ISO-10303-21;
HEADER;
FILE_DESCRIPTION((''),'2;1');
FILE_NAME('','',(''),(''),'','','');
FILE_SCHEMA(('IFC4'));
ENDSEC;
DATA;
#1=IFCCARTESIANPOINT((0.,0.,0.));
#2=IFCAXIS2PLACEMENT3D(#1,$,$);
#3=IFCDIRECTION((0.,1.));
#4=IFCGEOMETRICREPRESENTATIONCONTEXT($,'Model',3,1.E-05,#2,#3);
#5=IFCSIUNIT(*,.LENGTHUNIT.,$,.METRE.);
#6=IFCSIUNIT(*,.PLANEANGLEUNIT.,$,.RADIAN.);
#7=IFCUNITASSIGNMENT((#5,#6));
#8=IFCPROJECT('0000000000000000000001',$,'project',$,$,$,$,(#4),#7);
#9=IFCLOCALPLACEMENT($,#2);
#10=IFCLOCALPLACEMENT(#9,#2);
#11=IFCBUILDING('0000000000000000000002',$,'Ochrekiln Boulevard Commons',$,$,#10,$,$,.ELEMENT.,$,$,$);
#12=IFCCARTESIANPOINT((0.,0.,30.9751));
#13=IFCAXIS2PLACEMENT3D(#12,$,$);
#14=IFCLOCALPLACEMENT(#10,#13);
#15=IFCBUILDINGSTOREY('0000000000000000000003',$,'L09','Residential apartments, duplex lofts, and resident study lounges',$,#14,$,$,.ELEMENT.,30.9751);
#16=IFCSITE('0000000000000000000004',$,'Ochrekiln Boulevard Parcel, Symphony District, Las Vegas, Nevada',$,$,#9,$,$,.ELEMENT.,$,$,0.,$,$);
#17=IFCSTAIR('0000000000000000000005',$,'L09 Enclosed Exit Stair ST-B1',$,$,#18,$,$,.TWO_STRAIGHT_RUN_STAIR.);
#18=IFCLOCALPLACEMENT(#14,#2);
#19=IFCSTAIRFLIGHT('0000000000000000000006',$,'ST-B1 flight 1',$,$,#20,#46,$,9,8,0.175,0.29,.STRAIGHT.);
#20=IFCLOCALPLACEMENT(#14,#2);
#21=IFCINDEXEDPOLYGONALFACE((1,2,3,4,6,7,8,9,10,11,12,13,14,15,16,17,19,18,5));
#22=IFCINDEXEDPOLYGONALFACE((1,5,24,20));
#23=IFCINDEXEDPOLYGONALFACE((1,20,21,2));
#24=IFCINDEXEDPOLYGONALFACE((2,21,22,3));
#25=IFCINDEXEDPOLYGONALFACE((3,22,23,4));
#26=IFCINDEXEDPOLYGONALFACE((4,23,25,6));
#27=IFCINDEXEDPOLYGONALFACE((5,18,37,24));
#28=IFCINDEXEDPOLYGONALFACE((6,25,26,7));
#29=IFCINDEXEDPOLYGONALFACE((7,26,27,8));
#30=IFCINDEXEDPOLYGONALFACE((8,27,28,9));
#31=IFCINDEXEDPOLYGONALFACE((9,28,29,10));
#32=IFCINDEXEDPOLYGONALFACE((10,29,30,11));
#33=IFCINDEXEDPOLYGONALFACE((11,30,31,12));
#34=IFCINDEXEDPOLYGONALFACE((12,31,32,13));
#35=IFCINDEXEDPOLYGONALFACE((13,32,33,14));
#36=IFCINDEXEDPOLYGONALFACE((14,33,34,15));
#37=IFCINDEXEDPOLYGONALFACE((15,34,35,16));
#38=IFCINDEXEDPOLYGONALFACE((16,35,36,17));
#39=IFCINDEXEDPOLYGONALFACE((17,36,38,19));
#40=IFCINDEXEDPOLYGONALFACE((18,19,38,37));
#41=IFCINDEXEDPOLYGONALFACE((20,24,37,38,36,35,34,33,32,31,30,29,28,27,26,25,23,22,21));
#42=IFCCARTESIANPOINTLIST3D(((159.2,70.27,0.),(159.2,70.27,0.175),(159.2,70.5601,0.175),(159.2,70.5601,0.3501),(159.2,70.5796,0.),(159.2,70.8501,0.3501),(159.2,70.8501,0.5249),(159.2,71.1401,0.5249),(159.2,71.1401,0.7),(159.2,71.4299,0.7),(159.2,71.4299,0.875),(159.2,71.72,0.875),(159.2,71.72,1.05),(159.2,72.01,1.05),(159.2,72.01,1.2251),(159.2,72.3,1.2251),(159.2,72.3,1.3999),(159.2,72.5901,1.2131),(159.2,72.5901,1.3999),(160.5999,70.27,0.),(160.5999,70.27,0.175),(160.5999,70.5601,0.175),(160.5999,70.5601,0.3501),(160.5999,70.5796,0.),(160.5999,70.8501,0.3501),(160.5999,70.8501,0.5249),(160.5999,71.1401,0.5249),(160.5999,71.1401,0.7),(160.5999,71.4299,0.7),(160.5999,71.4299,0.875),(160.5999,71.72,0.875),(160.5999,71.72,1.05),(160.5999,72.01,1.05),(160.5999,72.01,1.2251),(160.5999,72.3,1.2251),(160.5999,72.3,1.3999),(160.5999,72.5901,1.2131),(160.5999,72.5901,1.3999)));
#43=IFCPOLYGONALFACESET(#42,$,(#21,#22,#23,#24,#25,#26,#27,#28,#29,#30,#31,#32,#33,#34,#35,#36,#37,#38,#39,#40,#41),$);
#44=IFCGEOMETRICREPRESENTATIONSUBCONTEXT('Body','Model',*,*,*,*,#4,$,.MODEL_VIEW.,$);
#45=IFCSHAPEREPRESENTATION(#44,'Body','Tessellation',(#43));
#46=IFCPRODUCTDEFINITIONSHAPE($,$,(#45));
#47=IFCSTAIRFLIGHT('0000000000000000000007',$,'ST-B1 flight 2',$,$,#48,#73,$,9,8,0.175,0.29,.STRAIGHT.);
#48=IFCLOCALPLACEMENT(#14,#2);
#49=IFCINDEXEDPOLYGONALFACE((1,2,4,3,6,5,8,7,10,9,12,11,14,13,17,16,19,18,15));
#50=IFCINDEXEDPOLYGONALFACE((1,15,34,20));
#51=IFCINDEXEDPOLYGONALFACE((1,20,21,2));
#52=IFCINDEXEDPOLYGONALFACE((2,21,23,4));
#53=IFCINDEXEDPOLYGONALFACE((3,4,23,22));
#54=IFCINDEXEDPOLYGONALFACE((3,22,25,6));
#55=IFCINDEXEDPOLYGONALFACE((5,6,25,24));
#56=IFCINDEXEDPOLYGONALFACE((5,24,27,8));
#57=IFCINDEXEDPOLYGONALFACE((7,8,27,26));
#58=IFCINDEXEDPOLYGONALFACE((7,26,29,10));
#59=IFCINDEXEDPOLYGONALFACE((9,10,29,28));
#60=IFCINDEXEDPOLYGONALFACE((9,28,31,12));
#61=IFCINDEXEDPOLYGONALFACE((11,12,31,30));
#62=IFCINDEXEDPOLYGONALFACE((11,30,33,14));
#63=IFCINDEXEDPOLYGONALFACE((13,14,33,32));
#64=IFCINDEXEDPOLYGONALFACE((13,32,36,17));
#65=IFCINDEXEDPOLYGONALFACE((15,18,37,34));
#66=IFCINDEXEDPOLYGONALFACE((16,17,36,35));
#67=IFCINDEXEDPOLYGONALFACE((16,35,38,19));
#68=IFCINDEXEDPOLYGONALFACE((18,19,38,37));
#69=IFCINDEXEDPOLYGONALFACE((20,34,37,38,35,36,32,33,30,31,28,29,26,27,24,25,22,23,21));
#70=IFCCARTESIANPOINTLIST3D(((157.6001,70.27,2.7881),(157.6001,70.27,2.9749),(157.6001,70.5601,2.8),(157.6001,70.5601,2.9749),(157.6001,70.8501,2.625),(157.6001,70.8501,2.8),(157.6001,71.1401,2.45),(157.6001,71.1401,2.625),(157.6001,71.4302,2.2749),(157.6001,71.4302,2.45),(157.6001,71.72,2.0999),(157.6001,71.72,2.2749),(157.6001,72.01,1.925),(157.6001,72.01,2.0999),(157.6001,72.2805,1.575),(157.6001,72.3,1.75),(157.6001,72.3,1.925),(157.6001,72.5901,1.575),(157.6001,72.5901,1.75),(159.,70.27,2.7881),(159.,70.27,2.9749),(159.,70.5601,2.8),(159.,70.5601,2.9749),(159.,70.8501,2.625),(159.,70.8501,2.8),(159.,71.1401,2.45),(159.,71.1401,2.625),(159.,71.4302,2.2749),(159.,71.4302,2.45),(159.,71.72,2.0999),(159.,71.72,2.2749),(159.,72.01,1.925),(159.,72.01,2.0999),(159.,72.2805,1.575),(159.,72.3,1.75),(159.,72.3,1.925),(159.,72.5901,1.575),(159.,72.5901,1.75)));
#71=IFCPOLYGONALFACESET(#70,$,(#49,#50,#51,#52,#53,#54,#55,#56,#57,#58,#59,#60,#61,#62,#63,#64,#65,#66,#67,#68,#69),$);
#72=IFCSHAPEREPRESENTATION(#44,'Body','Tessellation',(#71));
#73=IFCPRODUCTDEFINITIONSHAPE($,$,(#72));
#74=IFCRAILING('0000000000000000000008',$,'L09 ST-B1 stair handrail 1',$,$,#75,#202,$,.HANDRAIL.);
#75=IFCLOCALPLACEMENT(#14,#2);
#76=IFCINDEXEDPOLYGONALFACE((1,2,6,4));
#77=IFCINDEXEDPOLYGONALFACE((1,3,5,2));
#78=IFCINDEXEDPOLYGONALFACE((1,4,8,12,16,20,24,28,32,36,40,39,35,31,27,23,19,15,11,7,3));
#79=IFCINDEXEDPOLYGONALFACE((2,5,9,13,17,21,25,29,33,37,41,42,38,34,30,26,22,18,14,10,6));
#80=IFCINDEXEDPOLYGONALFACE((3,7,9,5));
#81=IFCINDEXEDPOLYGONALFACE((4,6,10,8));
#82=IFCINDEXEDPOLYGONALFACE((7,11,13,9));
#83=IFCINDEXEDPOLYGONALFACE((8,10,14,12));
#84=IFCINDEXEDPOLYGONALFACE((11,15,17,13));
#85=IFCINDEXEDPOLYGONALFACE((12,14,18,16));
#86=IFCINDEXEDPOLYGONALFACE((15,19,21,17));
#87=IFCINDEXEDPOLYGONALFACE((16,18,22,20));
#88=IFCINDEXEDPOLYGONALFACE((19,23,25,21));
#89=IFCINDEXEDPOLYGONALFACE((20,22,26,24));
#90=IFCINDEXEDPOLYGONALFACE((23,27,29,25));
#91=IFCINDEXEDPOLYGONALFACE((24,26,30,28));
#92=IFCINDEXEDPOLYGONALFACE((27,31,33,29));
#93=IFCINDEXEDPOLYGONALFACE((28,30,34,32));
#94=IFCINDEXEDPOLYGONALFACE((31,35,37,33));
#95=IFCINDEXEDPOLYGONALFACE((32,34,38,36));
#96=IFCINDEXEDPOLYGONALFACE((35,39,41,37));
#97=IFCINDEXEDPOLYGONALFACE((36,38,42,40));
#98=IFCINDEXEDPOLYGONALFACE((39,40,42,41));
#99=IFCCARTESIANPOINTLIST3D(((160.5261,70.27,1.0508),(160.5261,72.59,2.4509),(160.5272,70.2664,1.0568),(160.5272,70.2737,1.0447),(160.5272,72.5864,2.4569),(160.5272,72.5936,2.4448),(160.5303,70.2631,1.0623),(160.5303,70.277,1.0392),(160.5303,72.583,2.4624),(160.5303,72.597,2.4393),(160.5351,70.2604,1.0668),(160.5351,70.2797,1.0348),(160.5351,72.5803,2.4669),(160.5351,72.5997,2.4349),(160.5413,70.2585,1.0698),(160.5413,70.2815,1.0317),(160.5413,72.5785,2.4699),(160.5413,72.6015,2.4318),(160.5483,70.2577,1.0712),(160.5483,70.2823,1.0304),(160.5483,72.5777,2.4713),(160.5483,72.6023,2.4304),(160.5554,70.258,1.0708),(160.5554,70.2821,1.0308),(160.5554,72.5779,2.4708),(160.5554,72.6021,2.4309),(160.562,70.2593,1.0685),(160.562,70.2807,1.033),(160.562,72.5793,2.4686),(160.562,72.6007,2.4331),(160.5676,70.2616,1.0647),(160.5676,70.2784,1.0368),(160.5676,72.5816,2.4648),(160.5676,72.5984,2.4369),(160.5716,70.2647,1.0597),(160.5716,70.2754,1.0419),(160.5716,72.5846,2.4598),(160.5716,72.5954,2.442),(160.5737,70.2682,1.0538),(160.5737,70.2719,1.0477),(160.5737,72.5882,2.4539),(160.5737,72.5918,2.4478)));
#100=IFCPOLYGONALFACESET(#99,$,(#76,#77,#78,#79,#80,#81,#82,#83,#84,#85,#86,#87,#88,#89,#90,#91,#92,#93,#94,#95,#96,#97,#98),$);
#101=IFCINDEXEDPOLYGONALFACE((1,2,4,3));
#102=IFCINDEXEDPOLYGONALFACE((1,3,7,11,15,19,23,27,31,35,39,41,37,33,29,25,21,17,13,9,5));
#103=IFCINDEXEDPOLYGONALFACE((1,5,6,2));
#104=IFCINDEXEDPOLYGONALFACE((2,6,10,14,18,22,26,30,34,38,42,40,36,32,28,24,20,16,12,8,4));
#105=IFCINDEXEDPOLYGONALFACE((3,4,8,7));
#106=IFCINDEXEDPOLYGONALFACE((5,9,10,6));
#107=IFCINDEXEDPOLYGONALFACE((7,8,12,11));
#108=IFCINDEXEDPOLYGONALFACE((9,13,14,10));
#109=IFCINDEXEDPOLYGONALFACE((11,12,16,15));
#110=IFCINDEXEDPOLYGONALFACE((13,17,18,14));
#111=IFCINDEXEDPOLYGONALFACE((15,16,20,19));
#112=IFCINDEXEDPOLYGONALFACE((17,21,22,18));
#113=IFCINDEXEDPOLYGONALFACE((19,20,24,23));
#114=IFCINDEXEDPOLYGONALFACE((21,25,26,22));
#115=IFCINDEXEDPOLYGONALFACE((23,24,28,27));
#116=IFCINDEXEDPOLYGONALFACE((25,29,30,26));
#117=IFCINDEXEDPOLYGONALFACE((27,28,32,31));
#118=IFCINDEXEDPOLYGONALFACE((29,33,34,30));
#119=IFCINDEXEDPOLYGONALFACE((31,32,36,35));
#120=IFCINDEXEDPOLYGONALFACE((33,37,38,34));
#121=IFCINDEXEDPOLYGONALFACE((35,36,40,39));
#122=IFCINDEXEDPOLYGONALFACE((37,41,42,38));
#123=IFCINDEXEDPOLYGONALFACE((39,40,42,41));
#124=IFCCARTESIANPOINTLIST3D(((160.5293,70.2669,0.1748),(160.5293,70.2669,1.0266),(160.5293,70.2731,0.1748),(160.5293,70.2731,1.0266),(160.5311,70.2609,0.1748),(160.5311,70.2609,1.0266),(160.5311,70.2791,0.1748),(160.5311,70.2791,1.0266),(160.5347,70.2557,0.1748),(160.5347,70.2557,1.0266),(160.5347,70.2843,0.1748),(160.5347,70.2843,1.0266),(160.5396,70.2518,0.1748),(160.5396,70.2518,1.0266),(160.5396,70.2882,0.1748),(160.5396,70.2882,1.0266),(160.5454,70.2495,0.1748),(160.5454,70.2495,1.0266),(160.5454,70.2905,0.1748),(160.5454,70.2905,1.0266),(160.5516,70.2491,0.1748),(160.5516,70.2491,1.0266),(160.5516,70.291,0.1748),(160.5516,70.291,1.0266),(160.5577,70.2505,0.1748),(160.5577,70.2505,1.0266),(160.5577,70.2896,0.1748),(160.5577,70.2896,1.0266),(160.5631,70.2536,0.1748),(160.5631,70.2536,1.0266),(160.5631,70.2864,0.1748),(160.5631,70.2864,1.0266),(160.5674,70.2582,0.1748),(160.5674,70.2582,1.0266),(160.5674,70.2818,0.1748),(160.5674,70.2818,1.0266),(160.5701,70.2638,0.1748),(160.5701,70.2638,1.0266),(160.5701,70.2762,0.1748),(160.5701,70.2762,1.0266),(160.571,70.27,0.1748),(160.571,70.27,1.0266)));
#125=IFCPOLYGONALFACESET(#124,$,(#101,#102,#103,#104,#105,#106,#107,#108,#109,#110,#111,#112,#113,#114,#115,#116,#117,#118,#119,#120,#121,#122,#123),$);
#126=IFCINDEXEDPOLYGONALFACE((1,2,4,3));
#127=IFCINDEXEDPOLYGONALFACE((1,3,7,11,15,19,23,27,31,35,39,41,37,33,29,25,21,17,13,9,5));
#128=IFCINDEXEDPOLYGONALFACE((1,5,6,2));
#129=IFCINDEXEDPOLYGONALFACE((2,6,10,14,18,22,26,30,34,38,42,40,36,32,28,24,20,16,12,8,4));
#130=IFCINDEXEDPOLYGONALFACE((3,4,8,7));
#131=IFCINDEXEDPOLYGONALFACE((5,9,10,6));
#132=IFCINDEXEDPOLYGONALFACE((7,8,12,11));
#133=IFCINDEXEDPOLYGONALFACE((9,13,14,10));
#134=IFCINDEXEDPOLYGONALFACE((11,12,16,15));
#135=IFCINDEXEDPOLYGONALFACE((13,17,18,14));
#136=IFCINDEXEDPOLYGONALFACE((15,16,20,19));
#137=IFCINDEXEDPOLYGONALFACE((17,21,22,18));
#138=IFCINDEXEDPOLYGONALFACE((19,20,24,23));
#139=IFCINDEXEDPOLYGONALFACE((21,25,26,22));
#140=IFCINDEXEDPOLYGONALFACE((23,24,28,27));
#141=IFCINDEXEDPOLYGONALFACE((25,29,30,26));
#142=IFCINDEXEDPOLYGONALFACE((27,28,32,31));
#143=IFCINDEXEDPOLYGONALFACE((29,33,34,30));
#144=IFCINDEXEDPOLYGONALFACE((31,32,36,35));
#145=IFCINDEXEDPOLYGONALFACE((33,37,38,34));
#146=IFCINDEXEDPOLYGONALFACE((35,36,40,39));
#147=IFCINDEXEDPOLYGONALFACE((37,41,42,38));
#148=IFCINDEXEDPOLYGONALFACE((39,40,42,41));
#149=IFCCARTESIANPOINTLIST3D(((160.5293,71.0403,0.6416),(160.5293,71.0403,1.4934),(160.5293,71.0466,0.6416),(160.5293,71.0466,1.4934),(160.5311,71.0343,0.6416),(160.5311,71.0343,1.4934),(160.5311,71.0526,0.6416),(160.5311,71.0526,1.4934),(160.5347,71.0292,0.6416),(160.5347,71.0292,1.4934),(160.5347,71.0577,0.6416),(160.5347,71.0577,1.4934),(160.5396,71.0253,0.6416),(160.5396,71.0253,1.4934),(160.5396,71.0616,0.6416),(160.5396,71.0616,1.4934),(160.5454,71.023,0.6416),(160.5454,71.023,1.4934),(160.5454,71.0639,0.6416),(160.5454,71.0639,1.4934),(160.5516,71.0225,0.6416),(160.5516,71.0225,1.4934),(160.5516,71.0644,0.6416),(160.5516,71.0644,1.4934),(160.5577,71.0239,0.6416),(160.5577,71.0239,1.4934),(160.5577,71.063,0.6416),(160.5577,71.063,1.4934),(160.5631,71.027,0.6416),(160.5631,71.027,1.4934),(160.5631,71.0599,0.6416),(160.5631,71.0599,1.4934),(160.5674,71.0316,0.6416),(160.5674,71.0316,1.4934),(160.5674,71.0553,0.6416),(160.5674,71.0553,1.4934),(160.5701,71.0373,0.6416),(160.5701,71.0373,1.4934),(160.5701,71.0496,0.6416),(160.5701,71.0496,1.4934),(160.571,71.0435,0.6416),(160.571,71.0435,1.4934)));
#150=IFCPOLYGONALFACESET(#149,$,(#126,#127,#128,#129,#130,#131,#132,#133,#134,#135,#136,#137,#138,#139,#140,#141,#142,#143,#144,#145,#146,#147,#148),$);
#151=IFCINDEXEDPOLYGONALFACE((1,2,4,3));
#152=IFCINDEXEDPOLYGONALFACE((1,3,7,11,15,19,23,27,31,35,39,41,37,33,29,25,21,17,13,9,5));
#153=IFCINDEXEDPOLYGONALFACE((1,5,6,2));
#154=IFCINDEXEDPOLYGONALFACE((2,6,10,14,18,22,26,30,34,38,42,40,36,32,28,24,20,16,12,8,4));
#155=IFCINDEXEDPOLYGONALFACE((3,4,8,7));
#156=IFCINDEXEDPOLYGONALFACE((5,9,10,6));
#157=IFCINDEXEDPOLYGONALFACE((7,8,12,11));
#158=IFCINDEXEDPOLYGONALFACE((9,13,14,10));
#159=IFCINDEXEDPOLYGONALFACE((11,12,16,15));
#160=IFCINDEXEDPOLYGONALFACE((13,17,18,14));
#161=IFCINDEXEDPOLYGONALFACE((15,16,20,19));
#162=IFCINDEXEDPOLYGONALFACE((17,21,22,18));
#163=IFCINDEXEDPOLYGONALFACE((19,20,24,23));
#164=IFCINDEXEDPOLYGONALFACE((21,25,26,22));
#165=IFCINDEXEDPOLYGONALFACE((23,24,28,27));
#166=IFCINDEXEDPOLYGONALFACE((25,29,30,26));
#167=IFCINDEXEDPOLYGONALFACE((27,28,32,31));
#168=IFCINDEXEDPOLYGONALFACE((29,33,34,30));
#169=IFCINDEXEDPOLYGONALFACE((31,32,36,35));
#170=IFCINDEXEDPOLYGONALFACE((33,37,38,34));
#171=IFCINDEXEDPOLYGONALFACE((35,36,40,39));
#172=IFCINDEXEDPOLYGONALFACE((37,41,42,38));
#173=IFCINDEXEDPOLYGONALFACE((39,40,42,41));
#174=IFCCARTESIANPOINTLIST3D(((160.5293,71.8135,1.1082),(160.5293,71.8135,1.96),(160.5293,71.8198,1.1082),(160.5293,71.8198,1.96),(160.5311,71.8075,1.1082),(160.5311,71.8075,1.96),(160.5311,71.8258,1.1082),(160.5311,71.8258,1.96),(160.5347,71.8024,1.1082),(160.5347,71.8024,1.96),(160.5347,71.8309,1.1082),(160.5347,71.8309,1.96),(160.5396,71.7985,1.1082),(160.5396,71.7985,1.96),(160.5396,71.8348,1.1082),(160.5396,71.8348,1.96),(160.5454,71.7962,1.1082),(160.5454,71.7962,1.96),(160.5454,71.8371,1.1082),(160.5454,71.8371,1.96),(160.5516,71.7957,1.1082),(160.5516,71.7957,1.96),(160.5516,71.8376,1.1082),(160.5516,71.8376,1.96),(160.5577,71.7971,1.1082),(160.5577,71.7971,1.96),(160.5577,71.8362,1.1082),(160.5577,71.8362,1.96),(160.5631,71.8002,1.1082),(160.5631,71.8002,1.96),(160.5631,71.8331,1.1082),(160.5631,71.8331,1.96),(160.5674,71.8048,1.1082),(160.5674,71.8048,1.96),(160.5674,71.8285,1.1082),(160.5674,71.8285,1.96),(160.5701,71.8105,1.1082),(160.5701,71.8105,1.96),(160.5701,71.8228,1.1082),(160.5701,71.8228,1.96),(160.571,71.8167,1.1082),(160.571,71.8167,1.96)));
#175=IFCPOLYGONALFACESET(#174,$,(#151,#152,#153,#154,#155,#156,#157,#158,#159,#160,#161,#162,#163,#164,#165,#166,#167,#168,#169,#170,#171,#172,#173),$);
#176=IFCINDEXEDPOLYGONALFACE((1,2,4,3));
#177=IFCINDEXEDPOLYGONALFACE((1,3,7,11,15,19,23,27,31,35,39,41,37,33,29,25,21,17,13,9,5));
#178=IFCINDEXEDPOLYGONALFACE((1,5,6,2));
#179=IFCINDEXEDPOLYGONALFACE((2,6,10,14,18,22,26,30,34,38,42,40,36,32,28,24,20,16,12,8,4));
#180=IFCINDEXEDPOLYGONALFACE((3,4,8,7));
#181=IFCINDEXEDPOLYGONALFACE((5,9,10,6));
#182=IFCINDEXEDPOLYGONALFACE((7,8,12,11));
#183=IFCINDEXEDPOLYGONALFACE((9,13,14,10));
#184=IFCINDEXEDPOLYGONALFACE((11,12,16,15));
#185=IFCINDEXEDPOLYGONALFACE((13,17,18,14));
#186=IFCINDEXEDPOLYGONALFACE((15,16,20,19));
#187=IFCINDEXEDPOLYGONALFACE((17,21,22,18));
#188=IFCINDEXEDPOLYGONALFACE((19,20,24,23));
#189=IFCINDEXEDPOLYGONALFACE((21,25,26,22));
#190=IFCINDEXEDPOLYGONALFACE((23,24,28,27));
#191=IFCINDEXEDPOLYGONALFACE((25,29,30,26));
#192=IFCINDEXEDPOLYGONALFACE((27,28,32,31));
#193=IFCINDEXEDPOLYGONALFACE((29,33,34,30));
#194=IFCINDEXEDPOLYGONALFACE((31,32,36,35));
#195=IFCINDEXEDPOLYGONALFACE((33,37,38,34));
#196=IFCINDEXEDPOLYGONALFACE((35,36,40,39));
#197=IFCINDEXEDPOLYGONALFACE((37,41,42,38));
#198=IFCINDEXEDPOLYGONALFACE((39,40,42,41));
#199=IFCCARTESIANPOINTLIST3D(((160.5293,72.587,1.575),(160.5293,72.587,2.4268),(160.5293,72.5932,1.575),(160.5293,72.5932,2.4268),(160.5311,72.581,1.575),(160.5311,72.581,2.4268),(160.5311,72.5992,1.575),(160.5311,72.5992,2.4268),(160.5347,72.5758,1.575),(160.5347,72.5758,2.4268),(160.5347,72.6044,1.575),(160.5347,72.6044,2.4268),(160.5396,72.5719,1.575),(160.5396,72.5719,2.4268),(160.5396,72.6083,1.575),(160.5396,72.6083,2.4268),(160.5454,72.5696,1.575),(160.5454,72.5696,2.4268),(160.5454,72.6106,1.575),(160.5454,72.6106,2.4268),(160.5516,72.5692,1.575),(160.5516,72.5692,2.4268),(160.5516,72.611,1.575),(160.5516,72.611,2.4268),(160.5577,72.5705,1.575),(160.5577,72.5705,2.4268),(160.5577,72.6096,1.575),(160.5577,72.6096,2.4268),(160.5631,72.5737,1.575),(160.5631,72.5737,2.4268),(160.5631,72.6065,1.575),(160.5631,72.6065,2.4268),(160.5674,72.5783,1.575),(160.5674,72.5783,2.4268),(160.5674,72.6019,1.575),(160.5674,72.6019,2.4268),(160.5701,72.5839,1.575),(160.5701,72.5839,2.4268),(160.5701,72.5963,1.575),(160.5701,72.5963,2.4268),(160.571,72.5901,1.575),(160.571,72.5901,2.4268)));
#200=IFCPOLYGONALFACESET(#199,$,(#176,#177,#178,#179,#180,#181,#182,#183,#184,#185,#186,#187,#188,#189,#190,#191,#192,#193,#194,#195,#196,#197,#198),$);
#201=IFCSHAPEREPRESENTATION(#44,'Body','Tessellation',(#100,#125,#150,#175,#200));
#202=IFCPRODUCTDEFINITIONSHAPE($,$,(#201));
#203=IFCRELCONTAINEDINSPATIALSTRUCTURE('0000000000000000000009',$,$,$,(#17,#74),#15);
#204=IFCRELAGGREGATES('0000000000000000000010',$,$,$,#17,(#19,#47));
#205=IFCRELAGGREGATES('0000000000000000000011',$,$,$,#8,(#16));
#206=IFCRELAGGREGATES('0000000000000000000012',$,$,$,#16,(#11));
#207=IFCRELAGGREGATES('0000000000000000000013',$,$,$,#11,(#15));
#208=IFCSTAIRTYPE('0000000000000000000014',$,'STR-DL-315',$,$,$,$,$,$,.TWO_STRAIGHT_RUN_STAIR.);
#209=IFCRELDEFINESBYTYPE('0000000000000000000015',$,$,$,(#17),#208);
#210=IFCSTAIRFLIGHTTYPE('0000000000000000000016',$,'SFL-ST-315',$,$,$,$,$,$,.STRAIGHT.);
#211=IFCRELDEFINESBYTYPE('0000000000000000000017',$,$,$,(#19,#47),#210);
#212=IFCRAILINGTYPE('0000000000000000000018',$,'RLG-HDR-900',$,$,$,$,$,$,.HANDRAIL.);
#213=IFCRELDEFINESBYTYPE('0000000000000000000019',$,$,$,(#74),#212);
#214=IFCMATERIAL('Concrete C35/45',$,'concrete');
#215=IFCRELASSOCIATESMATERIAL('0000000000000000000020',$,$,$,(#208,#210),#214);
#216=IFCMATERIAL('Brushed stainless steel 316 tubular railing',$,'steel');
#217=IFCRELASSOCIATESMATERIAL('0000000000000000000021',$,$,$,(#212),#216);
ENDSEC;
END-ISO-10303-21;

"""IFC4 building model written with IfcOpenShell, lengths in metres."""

from ifc_helpers import new_model, si_unit, direction, frame, origin, origin_2d, place, context, subcontext, project, spatial, polyline, circle, outline, extrude, material, type_object, element, aggregate, save


model = new_model("IFC4")

# Units and contexts
model_context = context("Model", 3, precision=1e-05, world=origin(), true_north=direction((0.0, 1.0)))
body_context = subcontext(model_context, "Body", "Model", "MODEL_VIEW")
ifc_project = project(units=[si_unit("LENGTHUNIT", "METRE"), si_unit("PLANEANGLEUNIT", "RADIAN")], contexts=[model_context])

# Site, building, storey
site_placement = place(None, origin())
site = spatial("IfcSite", under=ifc_project, at=site_placement, Name="Ochrekiln Boulevard Parcel, Symphony District, Las Vegas, Nevada", CompositionType="ELEMENT", RefElevation=0.0)
building_placement = place(site_placement, origin())
building = spatial("IfcBuilding", under=site, at=building_placement, Name="Ochrekiln Boulevard Commons", CompositionType="ELEMENT")
storey_placement = place(building_placement, frame((0.0, 0.0, 30.9751)))
storey = spatial("IfcBuildingStorey", under=building, at=storey_placement, Name="L09", Description="Residential apartments, duplex lofts, and resident study lounges", CompositionType="ELEMENT", Elevation=30.9751)

# Shared definitions
ifc_material_1 = material(Name="Concrete C35/45", Category="concrete")

# Stair, stair flights
stair_type = type_object("IfcStairType", Name="STR-DL-315", PredefinedType="TWO_STRAIGHT_RUN_STAIR", material=ifc_material_1)
stair_placement = place(storey_placement, origin())
stair = element("IfcStair", 1, at=stair_placement, inside=storey, type_object=stair_type, Name="L09 Enclosed Exit Stair ST-B1", PredefinedType="TWO_STRAIGHT_RUN_STAIR")
stair_flight_type = type_object("IfcStairFlightType", Name="SFL-ST-315", PredefinedType="STRAIGHT", material=ifc_material_1)
stair_flight_1_placement = place(storey_placement, frame((159.8999, 70.27, 0.0), z_axis=(0.0, 0.0, 1.0), x_axis=(0.0, 1.0, 0.0)))
stair_flight_1 = element("IfcStairFlight", 2, at=stair_flight_1_placement, type_object=stair_flight_type, Name="ST-B1 flight 1", NumberOfRisers=9, NumberOfTreads=8, PredefinedType="STRAIGHT", RiserHeight=0.175, TreadLength=0.29, context=body_context, shape_type="SweptSolid", body=[
    extrude(outline(polyline([(0.0, 0.0), (0.0, 0.175), (0.29, 0.175), (0.29, 0.3501), (0.5801, 0.3501), (0.5801, 0.5249), (0.8701, 0.5249), (0.8701, 0.7), (1.1599, 0.7), (1.1599, 0.875), (1.45, 0.875), (1.45, 1.05), (1.74, 1.05), (1.74, 1.2251), (2.03, 1.2251), (2.03, 1.3999), (2.3201, 1.3999), (2.3201, 1.575), (2.3201, 1.2131), (0.3096, 0.0), (0.0, 0.0)])), frame((0.0, 0.7, 0.0), z_axis=(0.0, -1.0, 0.0), x_axis=(1.0, 0.0, 0.0)), (0.0, 0.0, 1.0), 1.3999),
])
stair_flight_2_placement = place(storey_placement, frame((158.3, 72.5901, 1.575), z_axis=(0.0, 0.0, 1.0), x_axis=(0.0, -1.0, 0.0)))
stair_flight_2 = element("IfcStairFlight", 3, at=stair_flight_2_placement, type_object=stair_flight_type, Name="ST-B1 flight 2", NumberOfRisers=9, NumberOfTreads=8, PredefinedType="STRAIGHT", RiserHeight=0.175, TreadLength=0.29, context=body_context, shape_type="SweptSolid", body=[
    extrude(outline(polyline([(0.0, 0.0), (0.0, 0.175), (0.29, 0.175), (0.29, 0.3501), (0.5801, 0.3501), (0.5801, 0.5249), (0.8701, 0.5249), (0.8701, 0.7), (1.1599, 0.7), (1.1599, 0.875), (1.45, 0.875), (1.45, 1.05), (1.74, 1.05), (1.74, 1.2251), (2.03, 1.2251), (2.03, 1.3999), (2.3201, 1.3999), (2.3201, 1.575), (2.3201, 1.2131), (0.3096, 0.0), (0.0, 0.0)])), frame((0.0, 0.7, 0.0), z_axis=(0.0, -1.0, 0.0), x_axis=(1.0, 0.0, 0.0)), (0.0, 0.0, 1.0), 1.3999),
])
aggregate(stair, [stair_flight_1, stair_flight_2])

# Railing
ifc_material_2 = material(Name="Brushed stainless steel 316 tubular railing", Category="steel")
railing_type_1 = type_object("IfcRailingType", Name="RLG-HDR-900", PredefinedType="HANDRAIL", material=ifc_material_2)
railing_1_placement = place(storey_placement, frame((160.55, 70.27, 0.1748)))
element("IfcRailing", 4, at=railing_1_placement, inside=storey, type_object=railing_type_1, Name="L09 ST-B1 stair handrail 1", PredefinedType="HANDRAIL", context=body_context, shape_type="SweptSolid", body=[
    extrude(circle(Radius=0.0239, at=origin_2d()), frame((0.0, 0.0, 0.876), z_axis=(0.0, 0.85617, 0.516693), x_axis=(-1.0, 0.0, 0.0)), (0.0, 0.0, 1.0), 2.7097),
    extrude(circle(Radius=0.021, at=origin_2d()), origin(), (0.0, 0.0, 1.0), 0.8518),
    extrude(circle(Radius=0.021, at=origin_2d()), frame((0.0, 0.7734, 0.4668)), (0.0, 0.0, 1.0), 0.8518),
    extrude(circle(Radius=0.021, at=origin_2d()), frame((0.0, 1.5466, 0.9333)), (0.0, 0.0, 1.0), 0.8518),
    extrude(circle(Radius=0.021, at=origin_2d()), frame((0.0, 2.3201, 1.4001)), (0.0, 0.0, 1.0), 0.8518),
])

save(model, "model.ifc")
